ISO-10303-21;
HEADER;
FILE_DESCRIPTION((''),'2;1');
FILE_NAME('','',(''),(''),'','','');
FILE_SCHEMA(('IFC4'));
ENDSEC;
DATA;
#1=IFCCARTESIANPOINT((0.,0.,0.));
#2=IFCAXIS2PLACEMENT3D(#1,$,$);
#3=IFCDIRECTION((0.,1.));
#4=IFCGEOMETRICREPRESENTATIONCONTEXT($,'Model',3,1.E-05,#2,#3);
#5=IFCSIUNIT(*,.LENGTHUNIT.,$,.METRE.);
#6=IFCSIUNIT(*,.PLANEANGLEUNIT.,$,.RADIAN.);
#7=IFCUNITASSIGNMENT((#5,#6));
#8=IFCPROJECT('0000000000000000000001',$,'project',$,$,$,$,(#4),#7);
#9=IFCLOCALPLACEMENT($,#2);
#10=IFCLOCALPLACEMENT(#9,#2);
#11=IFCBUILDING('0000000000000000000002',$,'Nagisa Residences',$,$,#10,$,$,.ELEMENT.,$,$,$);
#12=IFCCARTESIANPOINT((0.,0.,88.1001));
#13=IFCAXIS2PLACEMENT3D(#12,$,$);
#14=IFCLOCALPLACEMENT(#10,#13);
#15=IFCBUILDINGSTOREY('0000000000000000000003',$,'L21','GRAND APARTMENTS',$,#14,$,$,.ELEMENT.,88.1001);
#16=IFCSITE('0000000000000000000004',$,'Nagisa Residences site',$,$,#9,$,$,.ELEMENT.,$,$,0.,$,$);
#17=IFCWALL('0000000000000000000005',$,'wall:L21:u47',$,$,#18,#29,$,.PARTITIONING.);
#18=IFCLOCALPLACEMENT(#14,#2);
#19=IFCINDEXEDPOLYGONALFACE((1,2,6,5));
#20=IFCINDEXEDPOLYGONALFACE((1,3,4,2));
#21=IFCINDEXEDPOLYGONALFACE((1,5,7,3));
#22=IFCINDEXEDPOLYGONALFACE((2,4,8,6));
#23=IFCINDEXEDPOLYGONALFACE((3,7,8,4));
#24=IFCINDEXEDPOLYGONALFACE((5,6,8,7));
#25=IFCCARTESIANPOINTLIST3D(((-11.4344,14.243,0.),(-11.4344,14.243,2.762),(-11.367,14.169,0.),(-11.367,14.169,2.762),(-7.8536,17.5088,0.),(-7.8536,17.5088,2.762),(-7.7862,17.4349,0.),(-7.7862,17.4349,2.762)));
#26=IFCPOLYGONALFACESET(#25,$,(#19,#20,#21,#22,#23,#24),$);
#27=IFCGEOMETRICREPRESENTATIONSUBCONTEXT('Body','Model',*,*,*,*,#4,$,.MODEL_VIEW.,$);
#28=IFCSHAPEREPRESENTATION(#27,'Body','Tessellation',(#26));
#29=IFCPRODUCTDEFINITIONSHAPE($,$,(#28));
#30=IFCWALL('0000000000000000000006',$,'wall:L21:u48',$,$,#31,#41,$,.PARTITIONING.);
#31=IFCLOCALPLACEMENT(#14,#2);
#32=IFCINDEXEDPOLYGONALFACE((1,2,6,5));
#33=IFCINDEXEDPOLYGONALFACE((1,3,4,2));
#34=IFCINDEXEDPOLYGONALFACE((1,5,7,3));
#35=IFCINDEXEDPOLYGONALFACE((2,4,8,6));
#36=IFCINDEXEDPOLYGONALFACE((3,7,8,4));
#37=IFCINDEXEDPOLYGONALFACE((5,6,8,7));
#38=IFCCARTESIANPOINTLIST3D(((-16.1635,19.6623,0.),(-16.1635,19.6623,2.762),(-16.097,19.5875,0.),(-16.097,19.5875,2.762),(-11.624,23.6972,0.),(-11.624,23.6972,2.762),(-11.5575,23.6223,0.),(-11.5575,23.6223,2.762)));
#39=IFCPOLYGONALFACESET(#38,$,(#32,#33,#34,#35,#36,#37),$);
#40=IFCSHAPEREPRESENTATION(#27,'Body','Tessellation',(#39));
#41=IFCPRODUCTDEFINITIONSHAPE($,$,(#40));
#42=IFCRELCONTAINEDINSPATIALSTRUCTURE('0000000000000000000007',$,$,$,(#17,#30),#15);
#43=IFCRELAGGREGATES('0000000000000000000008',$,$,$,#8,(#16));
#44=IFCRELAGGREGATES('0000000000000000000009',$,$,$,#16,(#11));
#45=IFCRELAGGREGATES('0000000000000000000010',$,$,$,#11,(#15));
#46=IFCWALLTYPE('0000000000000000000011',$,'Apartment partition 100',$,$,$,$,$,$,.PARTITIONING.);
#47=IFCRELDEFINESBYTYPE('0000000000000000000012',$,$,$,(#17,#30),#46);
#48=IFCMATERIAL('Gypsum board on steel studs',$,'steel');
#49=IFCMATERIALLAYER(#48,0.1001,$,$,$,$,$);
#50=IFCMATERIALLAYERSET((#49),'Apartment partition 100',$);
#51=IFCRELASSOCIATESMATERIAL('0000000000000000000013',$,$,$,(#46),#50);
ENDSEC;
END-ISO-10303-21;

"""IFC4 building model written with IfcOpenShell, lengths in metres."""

from ifc_helpers import new_model, si_unit, direction, frame, frame_2d, origin, place, context, subcontext, project, spatial, rectangle, extrude, material, layer, layer_set, type_object, element, save


model = new_model("IFC4")

# Units and contexts
model_context = context("Model", 3, precision=1e-05, world=origin(), true_north=direction((0.0, 1.0)))
body_context = subcontext(model_context, "Body", "Model", "MODEL_VIEW")
ifc_project = project(units=[si_unit("LENGTHUNIT", "METRE"), si_unit("PLANEANGLEUNIT", "RADIAN")], contexts=[model_context])

# Site, building, storey
site_placement = place(None, origin())
site = spatial("IfcSite", under=ifc_project, at=site_placement, Name="Nagisa Residences site", CompositionType="ELEMENT", RefElevation=0.0)
building_placement = place(site_placement, origin())
building = spatial("IfcBuilding", under=site, at=building_placement, Name="Nagisa Residences", CompositionType="ELEMENT")
storey_placement = place(building_placement, frame((0.0, 0.0, 88.1001)))
storey = spatial("IfcBuildingStorey", under=building, at=storey_placement, Name="L21", Description="GRAND APARTMENTS", CompositionType="ELEMENT", Elevation=88.1001)

# Shared definitions
ifc_material_1 = material(Name="Gypsum board on steel studs", Category="steel")
ifc_layer_1 = layer(ifc_material_1, 0.1001)
ifc_layer_set_1 = layer_set([ifc_layer_1], Name="Apartment partition 100")
wall_type_1 = type_object("IfcWallType", Name="Apartment partition 100", PredefinedType="PARTITIONING", material=ifc_layer_set_1)

# Walls
wall_1_placement = place(storey_placement, frame((-7.8198, 17.4719, 0.0), z_axis=(0.0, 0.0, 1.0), x_axis=(-0.738852, -0.673868, 0.0)))
element("IfcWall", 1, at=wall_1_placement, inside=storey, type_object=wall_type_1, Name="wall:L21:u47", PredefinedType="PARTITIONING", context=body_context, shape_type="SweptSolid", body=[
    extrude(rectangle(XDim=4.8464, YDim=0.1001, at=frame_2d((2.4233, 0.0))), origin(), (0.0, 0.0, 1.0), 2.762),
])
wall_2_placement = place(storey_placement, frame((-11.5908, 23.6597, 0.0), z_axis=(0.0, 0.0, 1.0), x_axis=(-0.747429, -0.664341, 0.0)))
element("IfcWall", 2, at=wall_2_placement, inside=storey, type_object=wall_type_1, Name="wall:L21:u48", PredefinedType="PARTITIONING", context=body_context, shape_type="SweptSolid", body=[
    extrude(rectangle(XDim=6.0735, YDim=0.1001, at=frame_2d((3.0366, 0.0))), origin(), (0.0, 0.0, 1.0), 2.762),
])

save(model, "model.ifc")
